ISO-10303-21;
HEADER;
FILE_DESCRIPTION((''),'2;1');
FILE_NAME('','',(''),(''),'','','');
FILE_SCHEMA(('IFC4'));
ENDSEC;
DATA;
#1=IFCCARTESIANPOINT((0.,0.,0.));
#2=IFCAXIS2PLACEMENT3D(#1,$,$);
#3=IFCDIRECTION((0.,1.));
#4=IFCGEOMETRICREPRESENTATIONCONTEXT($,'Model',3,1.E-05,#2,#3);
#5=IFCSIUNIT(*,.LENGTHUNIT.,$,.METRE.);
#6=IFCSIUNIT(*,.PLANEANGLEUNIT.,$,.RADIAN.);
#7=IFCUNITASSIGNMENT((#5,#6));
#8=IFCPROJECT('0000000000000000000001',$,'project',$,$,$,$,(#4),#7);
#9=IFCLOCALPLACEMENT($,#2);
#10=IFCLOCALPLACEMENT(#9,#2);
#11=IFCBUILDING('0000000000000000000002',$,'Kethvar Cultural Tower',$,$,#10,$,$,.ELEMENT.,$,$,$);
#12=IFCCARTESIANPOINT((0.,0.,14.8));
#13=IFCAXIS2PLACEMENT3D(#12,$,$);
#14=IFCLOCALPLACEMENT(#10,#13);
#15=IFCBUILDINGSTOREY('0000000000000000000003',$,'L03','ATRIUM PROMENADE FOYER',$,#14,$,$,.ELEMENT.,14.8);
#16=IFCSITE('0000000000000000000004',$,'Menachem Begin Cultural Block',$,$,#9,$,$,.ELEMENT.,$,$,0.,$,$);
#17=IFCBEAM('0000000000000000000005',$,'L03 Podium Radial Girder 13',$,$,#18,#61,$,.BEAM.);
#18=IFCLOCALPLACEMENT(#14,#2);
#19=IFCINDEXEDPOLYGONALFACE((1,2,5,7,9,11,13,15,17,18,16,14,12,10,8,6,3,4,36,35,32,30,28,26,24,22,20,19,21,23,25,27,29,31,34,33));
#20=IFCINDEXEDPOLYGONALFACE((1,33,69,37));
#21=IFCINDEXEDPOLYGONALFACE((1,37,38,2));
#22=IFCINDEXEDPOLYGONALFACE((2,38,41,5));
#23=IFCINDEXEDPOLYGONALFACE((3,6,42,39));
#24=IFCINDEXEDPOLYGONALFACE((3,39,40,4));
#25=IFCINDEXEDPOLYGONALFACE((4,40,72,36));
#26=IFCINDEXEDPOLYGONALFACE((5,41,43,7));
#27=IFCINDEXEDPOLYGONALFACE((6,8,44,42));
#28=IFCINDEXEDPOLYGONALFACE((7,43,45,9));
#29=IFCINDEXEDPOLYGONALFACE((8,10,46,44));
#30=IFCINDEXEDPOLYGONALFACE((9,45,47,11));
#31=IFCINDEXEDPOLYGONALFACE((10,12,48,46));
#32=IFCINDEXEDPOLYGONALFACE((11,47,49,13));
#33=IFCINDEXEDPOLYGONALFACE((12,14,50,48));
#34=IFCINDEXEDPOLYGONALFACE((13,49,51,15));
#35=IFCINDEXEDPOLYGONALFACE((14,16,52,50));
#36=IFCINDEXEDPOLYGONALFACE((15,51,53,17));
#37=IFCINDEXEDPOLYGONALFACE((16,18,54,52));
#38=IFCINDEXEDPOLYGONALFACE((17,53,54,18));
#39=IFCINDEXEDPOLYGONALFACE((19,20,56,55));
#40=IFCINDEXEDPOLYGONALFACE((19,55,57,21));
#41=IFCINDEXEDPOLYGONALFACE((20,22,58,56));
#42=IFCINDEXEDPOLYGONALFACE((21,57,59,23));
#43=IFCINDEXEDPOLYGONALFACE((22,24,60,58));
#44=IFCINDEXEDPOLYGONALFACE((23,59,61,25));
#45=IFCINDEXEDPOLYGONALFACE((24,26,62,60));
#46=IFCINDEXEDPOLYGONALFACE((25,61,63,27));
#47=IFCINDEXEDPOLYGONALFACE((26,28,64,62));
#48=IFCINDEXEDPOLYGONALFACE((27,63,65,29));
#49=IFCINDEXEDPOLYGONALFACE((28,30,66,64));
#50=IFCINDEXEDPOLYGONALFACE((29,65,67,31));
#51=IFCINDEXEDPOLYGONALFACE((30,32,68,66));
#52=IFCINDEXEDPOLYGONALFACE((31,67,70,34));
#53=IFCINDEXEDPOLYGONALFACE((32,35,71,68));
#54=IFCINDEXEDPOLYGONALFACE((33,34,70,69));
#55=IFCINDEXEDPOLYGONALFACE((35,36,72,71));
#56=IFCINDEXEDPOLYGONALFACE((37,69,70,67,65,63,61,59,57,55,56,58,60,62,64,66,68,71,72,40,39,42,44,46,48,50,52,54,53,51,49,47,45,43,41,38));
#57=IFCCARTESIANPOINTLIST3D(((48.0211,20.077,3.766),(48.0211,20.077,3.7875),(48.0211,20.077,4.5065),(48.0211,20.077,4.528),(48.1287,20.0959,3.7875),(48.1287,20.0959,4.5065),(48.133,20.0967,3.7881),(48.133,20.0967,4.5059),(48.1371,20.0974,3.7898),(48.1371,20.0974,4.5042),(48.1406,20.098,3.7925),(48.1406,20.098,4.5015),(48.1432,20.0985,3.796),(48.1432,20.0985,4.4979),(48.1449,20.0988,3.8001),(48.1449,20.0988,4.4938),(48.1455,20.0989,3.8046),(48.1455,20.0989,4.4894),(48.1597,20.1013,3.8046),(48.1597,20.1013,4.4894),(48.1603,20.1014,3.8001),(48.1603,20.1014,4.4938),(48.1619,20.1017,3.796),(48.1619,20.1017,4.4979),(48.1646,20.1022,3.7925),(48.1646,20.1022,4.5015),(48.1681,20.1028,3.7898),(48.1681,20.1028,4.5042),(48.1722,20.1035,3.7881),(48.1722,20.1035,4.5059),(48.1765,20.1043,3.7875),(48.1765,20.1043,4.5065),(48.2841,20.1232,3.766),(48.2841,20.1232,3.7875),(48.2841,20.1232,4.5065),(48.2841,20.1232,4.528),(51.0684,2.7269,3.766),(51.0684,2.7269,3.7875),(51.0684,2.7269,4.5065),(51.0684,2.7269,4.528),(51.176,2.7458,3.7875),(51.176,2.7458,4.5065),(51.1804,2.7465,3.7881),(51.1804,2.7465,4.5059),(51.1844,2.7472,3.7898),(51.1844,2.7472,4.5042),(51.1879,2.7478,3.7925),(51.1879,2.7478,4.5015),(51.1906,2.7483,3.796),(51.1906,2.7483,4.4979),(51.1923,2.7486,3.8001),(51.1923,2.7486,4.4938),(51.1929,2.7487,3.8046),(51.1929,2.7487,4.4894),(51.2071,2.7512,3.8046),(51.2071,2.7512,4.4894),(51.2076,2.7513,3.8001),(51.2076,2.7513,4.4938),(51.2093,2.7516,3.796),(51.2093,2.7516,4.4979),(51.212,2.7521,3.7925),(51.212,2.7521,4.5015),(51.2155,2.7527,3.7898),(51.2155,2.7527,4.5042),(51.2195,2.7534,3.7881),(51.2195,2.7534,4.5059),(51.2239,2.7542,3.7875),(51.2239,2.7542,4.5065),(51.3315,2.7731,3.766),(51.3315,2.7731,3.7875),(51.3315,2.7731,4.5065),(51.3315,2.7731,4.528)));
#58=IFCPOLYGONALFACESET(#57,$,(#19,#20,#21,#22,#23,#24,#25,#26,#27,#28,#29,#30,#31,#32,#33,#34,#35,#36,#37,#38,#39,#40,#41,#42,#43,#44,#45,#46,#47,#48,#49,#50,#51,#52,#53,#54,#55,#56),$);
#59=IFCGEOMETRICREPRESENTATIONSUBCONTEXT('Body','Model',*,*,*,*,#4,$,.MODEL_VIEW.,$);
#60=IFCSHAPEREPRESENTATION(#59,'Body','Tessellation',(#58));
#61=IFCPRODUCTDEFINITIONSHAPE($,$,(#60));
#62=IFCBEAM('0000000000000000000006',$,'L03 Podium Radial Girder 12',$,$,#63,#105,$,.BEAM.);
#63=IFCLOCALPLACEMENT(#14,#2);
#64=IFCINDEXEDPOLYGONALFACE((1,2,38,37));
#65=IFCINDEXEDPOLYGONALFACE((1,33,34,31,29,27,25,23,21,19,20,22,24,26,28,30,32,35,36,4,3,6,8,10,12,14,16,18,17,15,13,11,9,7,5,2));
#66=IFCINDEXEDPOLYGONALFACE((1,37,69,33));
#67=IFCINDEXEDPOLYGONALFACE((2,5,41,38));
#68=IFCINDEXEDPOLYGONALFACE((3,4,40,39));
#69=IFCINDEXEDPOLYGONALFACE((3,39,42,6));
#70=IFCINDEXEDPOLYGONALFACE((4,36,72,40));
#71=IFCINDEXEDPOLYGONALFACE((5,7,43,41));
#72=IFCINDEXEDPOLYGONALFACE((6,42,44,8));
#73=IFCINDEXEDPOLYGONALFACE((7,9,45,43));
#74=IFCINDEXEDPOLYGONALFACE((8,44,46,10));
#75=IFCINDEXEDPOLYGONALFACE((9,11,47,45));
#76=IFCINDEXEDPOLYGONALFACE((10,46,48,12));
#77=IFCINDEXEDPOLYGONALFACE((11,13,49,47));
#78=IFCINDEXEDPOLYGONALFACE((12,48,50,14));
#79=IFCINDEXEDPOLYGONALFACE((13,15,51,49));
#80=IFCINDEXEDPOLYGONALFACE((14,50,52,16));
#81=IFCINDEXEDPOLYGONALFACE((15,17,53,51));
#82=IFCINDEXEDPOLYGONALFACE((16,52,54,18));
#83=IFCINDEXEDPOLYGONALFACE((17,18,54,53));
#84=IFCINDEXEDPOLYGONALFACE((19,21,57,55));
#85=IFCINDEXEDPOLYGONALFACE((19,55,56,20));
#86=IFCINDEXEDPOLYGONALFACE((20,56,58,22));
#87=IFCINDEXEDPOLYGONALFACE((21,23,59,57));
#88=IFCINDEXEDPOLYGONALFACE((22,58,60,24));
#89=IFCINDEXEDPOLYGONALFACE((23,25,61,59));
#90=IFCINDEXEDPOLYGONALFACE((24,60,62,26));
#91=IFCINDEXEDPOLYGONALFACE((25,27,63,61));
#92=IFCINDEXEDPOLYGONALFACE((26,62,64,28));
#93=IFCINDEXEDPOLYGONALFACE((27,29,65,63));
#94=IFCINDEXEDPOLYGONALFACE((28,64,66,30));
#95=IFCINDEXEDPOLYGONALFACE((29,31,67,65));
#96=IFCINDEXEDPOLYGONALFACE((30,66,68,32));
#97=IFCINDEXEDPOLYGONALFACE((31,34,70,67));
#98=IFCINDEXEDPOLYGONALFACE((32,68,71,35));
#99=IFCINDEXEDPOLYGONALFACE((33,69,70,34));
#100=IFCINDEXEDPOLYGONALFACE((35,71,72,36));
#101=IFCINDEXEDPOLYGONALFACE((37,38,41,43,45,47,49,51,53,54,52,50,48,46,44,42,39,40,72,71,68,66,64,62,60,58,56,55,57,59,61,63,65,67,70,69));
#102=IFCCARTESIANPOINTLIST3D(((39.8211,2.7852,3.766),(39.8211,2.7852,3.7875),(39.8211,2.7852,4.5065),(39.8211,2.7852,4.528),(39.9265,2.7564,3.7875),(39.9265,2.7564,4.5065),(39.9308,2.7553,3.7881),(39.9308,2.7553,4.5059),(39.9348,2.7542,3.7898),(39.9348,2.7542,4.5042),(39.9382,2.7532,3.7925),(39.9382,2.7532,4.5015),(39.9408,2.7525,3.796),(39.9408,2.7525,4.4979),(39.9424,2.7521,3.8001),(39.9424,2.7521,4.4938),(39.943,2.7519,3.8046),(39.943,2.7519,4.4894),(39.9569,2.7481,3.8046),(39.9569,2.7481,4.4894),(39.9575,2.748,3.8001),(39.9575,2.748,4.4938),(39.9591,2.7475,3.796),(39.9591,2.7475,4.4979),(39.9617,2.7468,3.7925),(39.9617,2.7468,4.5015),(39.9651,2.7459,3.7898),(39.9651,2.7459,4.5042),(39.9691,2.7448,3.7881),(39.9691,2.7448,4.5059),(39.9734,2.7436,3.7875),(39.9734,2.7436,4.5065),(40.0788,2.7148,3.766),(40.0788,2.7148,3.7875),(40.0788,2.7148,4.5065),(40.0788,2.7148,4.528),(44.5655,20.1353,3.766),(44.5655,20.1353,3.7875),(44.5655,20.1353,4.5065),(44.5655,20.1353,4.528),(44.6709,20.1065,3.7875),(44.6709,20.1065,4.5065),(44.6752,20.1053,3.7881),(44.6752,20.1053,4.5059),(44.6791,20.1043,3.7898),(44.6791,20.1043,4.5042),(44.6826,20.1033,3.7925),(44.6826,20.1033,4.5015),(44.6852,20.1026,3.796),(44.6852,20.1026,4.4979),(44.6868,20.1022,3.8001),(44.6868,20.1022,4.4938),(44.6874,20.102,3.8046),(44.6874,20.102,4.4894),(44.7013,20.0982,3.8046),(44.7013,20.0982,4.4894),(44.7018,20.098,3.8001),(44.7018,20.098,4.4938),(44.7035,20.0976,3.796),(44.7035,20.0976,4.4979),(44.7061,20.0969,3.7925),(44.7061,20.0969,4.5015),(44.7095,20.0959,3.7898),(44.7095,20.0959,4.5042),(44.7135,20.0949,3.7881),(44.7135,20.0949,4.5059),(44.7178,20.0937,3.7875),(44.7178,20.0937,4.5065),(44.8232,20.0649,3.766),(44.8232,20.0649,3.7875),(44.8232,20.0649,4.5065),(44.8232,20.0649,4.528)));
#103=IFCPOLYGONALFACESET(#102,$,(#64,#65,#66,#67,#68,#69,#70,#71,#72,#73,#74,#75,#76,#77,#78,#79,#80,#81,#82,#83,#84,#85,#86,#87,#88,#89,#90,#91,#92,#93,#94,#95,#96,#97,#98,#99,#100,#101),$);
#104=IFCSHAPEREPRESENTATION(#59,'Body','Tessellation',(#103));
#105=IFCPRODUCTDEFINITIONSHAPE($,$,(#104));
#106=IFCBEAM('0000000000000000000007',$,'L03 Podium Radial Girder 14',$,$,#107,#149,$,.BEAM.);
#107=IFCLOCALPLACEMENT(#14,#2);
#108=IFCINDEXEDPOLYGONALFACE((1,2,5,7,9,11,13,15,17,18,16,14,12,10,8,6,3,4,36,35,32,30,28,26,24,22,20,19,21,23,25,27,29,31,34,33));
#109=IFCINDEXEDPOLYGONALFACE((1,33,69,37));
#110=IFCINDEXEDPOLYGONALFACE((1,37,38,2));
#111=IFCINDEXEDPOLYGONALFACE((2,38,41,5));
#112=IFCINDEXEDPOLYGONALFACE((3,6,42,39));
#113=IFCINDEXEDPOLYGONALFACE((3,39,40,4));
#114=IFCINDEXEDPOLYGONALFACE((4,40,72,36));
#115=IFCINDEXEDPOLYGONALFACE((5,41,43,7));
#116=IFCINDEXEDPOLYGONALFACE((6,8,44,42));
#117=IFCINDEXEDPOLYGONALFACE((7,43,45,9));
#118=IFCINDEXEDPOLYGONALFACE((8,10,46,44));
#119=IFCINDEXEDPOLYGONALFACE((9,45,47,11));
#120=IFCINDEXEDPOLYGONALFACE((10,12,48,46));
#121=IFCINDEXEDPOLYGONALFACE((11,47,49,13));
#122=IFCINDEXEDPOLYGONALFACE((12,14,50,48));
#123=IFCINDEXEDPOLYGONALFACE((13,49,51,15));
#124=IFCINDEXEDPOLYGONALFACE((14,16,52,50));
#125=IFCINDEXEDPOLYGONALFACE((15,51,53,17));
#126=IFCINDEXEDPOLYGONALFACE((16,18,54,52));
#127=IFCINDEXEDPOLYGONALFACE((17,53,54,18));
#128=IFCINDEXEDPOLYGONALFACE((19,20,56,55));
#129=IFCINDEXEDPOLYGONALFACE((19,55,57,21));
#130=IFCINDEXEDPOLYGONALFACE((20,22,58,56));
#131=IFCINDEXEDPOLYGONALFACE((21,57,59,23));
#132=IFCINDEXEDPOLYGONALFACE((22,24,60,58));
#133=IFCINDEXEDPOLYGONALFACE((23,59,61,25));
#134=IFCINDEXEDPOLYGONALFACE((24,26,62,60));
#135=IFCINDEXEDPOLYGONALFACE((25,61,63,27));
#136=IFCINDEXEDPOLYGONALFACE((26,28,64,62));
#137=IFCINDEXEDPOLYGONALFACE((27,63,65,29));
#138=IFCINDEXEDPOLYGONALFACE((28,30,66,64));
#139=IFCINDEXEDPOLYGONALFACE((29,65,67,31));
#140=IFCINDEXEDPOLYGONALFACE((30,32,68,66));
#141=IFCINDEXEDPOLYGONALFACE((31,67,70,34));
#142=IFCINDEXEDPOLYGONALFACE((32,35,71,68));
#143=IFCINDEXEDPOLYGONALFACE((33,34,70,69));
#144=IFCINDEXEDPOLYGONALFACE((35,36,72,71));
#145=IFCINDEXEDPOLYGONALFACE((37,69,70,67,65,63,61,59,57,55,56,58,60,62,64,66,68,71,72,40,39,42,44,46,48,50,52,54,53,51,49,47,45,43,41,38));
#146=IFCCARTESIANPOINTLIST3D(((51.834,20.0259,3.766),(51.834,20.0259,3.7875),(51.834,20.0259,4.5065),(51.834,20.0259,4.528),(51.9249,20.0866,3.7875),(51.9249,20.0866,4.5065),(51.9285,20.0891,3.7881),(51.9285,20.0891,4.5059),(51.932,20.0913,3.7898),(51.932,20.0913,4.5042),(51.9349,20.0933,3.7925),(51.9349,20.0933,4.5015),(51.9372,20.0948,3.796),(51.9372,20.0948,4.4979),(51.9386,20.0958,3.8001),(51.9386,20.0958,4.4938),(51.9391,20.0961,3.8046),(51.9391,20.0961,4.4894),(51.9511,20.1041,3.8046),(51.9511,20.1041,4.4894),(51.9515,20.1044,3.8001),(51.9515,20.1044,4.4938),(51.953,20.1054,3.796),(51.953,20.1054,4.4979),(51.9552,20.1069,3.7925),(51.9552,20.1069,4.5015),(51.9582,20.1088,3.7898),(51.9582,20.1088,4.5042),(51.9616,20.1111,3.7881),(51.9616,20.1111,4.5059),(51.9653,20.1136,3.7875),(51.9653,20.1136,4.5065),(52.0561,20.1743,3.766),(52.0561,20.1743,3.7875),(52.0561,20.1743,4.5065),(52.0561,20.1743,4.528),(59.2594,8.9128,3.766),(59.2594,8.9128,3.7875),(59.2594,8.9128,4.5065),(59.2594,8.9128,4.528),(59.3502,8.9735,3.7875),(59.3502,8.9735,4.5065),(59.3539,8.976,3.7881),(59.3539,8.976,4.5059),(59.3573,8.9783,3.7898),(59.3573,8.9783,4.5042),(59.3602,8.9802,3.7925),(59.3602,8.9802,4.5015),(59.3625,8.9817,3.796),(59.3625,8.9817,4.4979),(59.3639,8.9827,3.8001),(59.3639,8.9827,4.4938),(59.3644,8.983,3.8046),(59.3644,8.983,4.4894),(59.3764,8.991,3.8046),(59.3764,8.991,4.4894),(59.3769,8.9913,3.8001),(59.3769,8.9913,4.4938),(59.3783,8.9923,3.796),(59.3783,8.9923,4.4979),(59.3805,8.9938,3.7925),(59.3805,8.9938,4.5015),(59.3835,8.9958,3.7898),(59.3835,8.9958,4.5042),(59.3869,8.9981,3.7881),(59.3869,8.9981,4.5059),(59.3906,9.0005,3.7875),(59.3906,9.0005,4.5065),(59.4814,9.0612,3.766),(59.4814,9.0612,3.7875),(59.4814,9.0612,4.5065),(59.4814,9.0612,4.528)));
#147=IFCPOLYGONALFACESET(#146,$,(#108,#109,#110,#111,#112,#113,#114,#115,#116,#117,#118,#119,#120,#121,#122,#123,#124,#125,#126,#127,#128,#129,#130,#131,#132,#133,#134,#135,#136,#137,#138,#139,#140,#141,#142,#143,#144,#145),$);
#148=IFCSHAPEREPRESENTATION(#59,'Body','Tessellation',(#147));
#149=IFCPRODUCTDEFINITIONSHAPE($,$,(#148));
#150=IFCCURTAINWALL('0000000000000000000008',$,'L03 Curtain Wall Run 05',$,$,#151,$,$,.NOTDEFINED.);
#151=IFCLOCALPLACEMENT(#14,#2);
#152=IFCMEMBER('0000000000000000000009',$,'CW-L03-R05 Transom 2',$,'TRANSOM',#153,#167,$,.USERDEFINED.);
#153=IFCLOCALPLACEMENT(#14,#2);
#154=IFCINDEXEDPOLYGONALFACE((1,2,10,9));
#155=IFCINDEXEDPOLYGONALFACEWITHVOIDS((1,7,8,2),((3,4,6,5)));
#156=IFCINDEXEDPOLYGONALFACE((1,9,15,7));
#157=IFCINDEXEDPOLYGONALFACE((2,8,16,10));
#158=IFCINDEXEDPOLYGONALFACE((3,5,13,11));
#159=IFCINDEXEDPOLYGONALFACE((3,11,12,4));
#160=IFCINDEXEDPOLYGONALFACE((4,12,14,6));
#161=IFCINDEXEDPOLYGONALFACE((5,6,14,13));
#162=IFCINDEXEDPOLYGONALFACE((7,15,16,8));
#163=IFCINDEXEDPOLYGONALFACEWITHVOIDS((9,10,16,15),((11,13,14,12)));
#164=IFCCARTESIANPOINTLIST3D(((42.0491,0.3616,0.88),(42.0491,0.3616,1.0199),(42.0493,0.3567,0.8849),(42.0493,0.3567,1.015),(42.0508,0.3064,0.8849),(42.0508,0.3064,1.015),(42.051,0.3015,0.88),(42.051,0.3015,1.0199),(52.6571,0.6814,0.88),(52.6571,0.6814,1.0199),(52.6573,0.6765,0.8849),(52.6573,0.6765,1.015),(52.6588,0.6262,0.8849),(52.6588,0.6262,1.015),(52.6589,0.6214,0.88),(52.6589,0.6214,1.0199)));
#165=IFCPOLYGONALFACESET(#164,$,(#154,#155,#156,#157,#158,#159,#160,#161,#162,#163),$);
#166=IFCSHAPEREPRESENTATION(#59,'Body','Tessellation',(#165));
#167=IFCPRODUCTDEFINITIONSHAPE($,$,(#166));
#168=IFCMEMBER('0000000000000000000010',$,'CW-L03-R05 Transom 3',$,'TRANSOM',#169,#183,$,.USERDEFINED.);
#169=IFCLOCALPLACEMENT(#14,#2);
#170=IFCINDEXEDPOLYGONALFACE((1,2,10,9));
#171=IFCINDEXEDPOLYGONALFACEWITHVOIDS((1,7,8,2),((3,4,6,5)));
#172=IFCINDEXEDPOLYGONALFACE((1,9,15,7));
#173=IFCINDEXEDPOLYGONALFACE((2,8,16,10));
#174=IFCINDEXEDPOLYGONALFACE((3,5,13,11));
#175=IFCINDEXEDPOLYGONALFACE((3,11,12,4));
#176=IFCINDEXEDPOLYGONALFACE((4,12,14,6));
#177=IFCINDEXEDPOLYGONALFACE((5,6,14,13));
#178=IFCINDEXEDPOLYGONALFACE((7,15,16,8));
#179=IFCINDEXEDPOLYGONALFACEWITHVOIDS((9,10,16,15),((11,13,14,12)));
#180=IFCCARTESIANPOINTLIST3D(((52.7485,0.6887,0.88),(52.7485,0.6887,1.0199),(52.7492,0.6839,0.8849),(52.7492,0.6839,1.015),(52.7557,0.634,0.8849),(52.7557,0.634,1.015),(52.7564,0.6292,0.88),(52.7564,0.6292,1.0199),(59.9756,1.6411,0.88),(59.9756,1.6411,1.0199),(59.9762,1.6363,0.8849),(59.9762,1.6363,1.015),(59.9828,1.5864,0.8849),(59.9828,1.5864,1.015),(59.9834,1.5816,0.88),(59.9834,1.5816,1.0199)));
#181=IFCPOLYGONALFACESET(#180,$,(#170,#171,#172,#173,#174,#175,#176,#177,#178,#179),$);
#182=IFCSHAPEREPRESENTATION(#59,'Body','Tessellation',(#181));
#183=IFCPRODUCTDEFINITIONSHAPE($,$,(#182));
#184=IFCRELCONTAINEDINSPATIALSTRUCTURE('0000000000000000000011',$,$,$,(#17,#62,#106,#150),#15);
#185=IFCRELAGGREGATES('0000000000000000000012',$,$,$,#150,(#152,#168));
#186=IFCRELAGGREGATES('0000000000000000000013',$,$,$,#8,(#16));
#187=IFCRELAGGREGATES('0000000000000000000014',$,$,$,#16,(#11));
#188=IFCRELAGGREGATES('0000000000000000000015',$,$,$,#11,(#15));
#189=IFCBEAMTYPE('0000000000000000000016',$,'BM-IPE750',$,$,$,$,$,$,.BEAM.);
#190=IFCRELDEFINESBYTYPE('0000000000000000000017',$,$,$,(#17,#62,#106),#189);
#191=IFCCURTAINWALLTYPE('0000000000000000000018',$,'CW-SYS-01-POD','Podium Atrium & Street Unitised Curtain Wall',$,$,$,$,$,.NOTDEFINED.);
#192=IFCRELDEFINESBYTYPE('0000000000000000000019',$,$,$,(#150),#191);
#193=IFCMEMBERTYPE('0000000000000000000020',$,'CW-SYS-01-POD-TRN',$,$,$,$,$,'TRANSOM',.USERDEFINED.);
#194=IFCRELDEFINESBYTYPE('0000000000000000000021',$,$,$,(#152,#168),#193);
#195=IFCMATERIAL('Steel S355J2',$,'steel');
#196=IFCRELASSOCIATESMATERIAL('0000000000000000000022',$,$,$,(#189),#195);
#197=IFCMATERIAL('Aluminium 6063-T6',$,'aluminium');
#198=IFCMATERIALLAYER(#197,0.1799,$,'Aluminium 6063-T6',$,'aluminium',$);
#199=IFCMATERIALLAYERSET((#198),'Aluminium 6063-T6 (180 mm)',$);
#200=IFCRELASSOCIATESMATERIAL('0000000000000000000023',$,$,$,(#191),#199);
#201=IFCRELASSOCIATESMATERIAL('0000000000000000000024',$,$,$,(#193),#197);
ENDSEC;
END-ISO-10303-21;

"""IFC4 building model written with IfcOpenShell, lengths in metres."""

from ifc_helpers import new_model, si_unit, direction, frame, origin, origin_2d, place, context, subcontext, project, spatial, hollow_rectangle, i_section, extrude, source, transform, mapped, material, layer, layer_set, material_profile, profile_set, type_object, element, aggregate, save


model = new_model("IFC4")

# Units and contexts
model_context = context("Model", 3, precision=1e-05, world=origin(), true_north=direction((0.0, 1.0)))
body_context = subcontext(model_context, "Body", "Model", "MODEL_VIEW")
ifc_project = project(units=[si_unit("LENGTHUNIT", "METRE"), si_unit("PLANEANGLEUNIT", "RADIAN")], contexts=[model_context])

# Site, building, storey
site_placement = place(None, origin())
site = spatial("IfcSite", under=ifc_project, at=site_placement, Name="Menachem Begin Cultural Block", CompositionType="ELEMENT", RefElevation=0.0)
building_placement = place(site_placement, origin())
building = spatial("IfcBuilding", under=site, at=building_placement, Name="Kethvar Cultural Tower", CompositionType="ELEMENT")
storey_placement = place(building_placement, frame((0.0, 0.0, 14.8)))
storey = spatial("IfcBuildingStorey", under=building, at=storey_placement, Name="L03", Description="ATRIUM PROMENADE FOYER", CompositionType="ELEMENT", Elevation=14.8)

# Beams
ifc_material_1 = material(Name="Steel S355J2", Category="steel")
ifc_material_profile_1 = material_profile(ifc_material_1, i_section(OverallWidth=0.2671, OverallDepth=0.762, WebThickness=0.0144, FlangeThickness=0.0215, FilletRadius=0.0171, at=origin_2d()), Name="Steel S355J2 — IPE750x173")
ifc_profile_set_1 = profile_set([ifc_material_profile_1], Name="Steel S355J2 — IPE750x173")
beam_type_1 = type_object("IfcBeamType", Name="BM-IPE750", PredefinedType="BEAM", material=ifc_profile_set_1)
shared_shape_1 = source(origin(), body_context, "Body", "SweptSolid", [
    extrude(i_section(OverallWidth=0.2671, OverallDepth=0.762, WebThickness=0.0144, FlangeThickness=0.0215, FilletRadius=0.0171, at=origin_2d()), origin(), (0.0, 0.0, 1.0), 17.6157),
])
beam_1_placement = place(storey_placement, frame((48.1526, 20.1001, 4.147), z_axis=(0.172991, -0.984923, 0.0), x_axis=(0.984923, 0.172991, 0.0)))
element("IfcBeam", 1, at=beam_1_placement, inside=storey, type_object=beam_type_1, Name="L03 Podium Radial Girder 13", PredefinedType="BEAM", context=body_context, shape_type="MappedRepresentation", body=[
    mapped(shared_shape_1, transform((0.0, 0.0, 0.0), scale=1.0)),
])
shared_shape_2 = source(origin(), body_context, "Body", "SweptSolid", [
    extrude(i_section(OverallWidth=0.2671, OverallDepth=0.762, WebThickness=0.0144, FlangeThickness=0.0215, FilletRadius=0.0171, at=origin_2d()), origin(), (0.0, 0.0, 1.0), 17.9871),
])
beam_2_placement = place(storey_placement, frame((44.6943, 20.1001, 4.147), z_axis=(-0.263766, -0.964587, 0.0), x_axis=(0.964587, -0.263766, 0.0)))
element("IfcBeam", 2, at=beam_2_placement, inside=storey, type_object=beam_type_1, Name="L03 Podium Radial Girder 12", PredefinedType="BEAM", context=body_context, shape_type="MappedRepresentation", body=[
    mapped(shared_shape_2, transform((0.0, 0.0, 0.0), scale=1.0)),
])
shared_shape_3 = source(origin(), body_context, "Body", "SweptSolid", [
    extrude(i_section(OverallWidth=0.2671, OverallDepth=0.762, WebThickness=0.0144, FlangeThickness=0.0215, FilletRadius=0.0171, at=origin_2d()), origin(), (0.0, 0.0, 1.0), 13.3655),
])
beam_3_placement = place(storey_placement, frame((51.9451, 20.1001, 4.147), z_axis=(0.55556, -0.831477, 0.0), x_axis=(0.831477, 0.55556, 0.0)))
element("IfcBeam", 3, at=beam_3_placement, inside=storey, type_object=beam_type_1, Name="L03 Podium Radial Girder 14", PredefinedType="BEAM", context=body_context, shape_type="MappedRepresentation", body=[
    mapped(shared_shape_3, transform((0.0, 0.0, 0.0), scale=1.0)),
])

# Curtain wall, members
ifc_material_2 = material(Name="Aluminium 6063-T6", Category="aluminium")
ifc_layer_1 = layer(ifc_material_2, 0.1799, Name="Aluminium 6063-T6", Category="aluminium")
ifc_layer_set_1 = layer_set([ifc_layer_1], Name="Aluminium 6063-T6 (180 mm)")
curtain_wall_type = type_object("IfcCurtainWallType", Name="CW-SYS-01-POD", Description="Podium Atrium & Street Unitised Curtain Wall", PredefinedType="NOTDEFINED", material=ifc_layer_set_1)
curtain_wall_placement = place(storey_placement, origin())
curtain_wall = element("IfcCurtainWall", 4, at=curtain_wall_placement, inside=storey, type_object=curtain_wall_type, Name="L03 Curtain Wall Run 05", PredefinedType="NOTDEFINED")
ifc_material_profile_2 = material_profile(ifc_material_2, hollow_rectangle(XDim=0.0601, YDim=0.1399, WallThickness=0.0049, at=origin_2d()), Name="Aluminium 6063-T6 — RHS140x60x5")
ifc_profile_set_2 = profile_set([ifc_material_profile_2], Name="Aluminium 6063-T6 — RHS140x60x5")
member_type_1 = type_object("IfcMemberType", Name="CW-SYS-01-POD-TRN", ElementType="TRANSOM", PredefinedType="USERDEFINED", material=ifc_profile_set_2)
shared_shape_4 = source(origin(), body_context, "Body", "SweptSolid", [
    extrude(hollow_rectangle(XDim=0.0601, YDim=0.1399, WallThickness=0.0049, at=origin_2d()), origin(), (0.0, 0.0, 1.0), 10.6128),
])
member_1_placement = place(storey_placement, frame((42.05, 0.3315, 0.95), z_axis=(0.999546, 0.030136, 0.0), x_axis=(-0.030136, 0.999546, 0.0)))
member_1 = element("IfcMember", 5, at=member_1_placement, type_object=member_type_1, Name="CW-L03-R05 Transom 2", ObjectType="TRANSOM", PredefinedType="USERDEFINED", context=body_context, shape_type="MappedRepresentation", body=[
    mapped(shared_shape_4, transform((0.0, 0.0, 0.0), scale=1.0)),
])
shared_shape_5 = source(origin(), body_context, "Body", "SweptSolid", [
    extrude(hollow_rectangle(XDim=0.0601, YDim=0.1399, WallThickness=0.0049, at=origin_2d()), origin(), (0.0, 0.0, 1.0), 7.2896),
])
member_2_placement = place(storey_placement, frame((52.7524, 0.6589, 0.95), z_axis=(0.991428, 0.130652, 0.0), x_axis=(-0.130652, 0.991428, 0.0)))
member_2 = element("IfcMember", 6, at=member_2_placement, type_object=member_type_1, Name="CW-L03-R05 Transom 3", ObjectType="TRANSOM", PredefinedType="USERDEFINED", context=body_context, shape_type="MappedRepresentation", body=[
    mapped(shared_shape_5, transform((0.0, 0.0, 0.0), scale=1.0)),
])

aggregate(curtain_wall, [member_1, member_2])

save(model, "model.ifc")
